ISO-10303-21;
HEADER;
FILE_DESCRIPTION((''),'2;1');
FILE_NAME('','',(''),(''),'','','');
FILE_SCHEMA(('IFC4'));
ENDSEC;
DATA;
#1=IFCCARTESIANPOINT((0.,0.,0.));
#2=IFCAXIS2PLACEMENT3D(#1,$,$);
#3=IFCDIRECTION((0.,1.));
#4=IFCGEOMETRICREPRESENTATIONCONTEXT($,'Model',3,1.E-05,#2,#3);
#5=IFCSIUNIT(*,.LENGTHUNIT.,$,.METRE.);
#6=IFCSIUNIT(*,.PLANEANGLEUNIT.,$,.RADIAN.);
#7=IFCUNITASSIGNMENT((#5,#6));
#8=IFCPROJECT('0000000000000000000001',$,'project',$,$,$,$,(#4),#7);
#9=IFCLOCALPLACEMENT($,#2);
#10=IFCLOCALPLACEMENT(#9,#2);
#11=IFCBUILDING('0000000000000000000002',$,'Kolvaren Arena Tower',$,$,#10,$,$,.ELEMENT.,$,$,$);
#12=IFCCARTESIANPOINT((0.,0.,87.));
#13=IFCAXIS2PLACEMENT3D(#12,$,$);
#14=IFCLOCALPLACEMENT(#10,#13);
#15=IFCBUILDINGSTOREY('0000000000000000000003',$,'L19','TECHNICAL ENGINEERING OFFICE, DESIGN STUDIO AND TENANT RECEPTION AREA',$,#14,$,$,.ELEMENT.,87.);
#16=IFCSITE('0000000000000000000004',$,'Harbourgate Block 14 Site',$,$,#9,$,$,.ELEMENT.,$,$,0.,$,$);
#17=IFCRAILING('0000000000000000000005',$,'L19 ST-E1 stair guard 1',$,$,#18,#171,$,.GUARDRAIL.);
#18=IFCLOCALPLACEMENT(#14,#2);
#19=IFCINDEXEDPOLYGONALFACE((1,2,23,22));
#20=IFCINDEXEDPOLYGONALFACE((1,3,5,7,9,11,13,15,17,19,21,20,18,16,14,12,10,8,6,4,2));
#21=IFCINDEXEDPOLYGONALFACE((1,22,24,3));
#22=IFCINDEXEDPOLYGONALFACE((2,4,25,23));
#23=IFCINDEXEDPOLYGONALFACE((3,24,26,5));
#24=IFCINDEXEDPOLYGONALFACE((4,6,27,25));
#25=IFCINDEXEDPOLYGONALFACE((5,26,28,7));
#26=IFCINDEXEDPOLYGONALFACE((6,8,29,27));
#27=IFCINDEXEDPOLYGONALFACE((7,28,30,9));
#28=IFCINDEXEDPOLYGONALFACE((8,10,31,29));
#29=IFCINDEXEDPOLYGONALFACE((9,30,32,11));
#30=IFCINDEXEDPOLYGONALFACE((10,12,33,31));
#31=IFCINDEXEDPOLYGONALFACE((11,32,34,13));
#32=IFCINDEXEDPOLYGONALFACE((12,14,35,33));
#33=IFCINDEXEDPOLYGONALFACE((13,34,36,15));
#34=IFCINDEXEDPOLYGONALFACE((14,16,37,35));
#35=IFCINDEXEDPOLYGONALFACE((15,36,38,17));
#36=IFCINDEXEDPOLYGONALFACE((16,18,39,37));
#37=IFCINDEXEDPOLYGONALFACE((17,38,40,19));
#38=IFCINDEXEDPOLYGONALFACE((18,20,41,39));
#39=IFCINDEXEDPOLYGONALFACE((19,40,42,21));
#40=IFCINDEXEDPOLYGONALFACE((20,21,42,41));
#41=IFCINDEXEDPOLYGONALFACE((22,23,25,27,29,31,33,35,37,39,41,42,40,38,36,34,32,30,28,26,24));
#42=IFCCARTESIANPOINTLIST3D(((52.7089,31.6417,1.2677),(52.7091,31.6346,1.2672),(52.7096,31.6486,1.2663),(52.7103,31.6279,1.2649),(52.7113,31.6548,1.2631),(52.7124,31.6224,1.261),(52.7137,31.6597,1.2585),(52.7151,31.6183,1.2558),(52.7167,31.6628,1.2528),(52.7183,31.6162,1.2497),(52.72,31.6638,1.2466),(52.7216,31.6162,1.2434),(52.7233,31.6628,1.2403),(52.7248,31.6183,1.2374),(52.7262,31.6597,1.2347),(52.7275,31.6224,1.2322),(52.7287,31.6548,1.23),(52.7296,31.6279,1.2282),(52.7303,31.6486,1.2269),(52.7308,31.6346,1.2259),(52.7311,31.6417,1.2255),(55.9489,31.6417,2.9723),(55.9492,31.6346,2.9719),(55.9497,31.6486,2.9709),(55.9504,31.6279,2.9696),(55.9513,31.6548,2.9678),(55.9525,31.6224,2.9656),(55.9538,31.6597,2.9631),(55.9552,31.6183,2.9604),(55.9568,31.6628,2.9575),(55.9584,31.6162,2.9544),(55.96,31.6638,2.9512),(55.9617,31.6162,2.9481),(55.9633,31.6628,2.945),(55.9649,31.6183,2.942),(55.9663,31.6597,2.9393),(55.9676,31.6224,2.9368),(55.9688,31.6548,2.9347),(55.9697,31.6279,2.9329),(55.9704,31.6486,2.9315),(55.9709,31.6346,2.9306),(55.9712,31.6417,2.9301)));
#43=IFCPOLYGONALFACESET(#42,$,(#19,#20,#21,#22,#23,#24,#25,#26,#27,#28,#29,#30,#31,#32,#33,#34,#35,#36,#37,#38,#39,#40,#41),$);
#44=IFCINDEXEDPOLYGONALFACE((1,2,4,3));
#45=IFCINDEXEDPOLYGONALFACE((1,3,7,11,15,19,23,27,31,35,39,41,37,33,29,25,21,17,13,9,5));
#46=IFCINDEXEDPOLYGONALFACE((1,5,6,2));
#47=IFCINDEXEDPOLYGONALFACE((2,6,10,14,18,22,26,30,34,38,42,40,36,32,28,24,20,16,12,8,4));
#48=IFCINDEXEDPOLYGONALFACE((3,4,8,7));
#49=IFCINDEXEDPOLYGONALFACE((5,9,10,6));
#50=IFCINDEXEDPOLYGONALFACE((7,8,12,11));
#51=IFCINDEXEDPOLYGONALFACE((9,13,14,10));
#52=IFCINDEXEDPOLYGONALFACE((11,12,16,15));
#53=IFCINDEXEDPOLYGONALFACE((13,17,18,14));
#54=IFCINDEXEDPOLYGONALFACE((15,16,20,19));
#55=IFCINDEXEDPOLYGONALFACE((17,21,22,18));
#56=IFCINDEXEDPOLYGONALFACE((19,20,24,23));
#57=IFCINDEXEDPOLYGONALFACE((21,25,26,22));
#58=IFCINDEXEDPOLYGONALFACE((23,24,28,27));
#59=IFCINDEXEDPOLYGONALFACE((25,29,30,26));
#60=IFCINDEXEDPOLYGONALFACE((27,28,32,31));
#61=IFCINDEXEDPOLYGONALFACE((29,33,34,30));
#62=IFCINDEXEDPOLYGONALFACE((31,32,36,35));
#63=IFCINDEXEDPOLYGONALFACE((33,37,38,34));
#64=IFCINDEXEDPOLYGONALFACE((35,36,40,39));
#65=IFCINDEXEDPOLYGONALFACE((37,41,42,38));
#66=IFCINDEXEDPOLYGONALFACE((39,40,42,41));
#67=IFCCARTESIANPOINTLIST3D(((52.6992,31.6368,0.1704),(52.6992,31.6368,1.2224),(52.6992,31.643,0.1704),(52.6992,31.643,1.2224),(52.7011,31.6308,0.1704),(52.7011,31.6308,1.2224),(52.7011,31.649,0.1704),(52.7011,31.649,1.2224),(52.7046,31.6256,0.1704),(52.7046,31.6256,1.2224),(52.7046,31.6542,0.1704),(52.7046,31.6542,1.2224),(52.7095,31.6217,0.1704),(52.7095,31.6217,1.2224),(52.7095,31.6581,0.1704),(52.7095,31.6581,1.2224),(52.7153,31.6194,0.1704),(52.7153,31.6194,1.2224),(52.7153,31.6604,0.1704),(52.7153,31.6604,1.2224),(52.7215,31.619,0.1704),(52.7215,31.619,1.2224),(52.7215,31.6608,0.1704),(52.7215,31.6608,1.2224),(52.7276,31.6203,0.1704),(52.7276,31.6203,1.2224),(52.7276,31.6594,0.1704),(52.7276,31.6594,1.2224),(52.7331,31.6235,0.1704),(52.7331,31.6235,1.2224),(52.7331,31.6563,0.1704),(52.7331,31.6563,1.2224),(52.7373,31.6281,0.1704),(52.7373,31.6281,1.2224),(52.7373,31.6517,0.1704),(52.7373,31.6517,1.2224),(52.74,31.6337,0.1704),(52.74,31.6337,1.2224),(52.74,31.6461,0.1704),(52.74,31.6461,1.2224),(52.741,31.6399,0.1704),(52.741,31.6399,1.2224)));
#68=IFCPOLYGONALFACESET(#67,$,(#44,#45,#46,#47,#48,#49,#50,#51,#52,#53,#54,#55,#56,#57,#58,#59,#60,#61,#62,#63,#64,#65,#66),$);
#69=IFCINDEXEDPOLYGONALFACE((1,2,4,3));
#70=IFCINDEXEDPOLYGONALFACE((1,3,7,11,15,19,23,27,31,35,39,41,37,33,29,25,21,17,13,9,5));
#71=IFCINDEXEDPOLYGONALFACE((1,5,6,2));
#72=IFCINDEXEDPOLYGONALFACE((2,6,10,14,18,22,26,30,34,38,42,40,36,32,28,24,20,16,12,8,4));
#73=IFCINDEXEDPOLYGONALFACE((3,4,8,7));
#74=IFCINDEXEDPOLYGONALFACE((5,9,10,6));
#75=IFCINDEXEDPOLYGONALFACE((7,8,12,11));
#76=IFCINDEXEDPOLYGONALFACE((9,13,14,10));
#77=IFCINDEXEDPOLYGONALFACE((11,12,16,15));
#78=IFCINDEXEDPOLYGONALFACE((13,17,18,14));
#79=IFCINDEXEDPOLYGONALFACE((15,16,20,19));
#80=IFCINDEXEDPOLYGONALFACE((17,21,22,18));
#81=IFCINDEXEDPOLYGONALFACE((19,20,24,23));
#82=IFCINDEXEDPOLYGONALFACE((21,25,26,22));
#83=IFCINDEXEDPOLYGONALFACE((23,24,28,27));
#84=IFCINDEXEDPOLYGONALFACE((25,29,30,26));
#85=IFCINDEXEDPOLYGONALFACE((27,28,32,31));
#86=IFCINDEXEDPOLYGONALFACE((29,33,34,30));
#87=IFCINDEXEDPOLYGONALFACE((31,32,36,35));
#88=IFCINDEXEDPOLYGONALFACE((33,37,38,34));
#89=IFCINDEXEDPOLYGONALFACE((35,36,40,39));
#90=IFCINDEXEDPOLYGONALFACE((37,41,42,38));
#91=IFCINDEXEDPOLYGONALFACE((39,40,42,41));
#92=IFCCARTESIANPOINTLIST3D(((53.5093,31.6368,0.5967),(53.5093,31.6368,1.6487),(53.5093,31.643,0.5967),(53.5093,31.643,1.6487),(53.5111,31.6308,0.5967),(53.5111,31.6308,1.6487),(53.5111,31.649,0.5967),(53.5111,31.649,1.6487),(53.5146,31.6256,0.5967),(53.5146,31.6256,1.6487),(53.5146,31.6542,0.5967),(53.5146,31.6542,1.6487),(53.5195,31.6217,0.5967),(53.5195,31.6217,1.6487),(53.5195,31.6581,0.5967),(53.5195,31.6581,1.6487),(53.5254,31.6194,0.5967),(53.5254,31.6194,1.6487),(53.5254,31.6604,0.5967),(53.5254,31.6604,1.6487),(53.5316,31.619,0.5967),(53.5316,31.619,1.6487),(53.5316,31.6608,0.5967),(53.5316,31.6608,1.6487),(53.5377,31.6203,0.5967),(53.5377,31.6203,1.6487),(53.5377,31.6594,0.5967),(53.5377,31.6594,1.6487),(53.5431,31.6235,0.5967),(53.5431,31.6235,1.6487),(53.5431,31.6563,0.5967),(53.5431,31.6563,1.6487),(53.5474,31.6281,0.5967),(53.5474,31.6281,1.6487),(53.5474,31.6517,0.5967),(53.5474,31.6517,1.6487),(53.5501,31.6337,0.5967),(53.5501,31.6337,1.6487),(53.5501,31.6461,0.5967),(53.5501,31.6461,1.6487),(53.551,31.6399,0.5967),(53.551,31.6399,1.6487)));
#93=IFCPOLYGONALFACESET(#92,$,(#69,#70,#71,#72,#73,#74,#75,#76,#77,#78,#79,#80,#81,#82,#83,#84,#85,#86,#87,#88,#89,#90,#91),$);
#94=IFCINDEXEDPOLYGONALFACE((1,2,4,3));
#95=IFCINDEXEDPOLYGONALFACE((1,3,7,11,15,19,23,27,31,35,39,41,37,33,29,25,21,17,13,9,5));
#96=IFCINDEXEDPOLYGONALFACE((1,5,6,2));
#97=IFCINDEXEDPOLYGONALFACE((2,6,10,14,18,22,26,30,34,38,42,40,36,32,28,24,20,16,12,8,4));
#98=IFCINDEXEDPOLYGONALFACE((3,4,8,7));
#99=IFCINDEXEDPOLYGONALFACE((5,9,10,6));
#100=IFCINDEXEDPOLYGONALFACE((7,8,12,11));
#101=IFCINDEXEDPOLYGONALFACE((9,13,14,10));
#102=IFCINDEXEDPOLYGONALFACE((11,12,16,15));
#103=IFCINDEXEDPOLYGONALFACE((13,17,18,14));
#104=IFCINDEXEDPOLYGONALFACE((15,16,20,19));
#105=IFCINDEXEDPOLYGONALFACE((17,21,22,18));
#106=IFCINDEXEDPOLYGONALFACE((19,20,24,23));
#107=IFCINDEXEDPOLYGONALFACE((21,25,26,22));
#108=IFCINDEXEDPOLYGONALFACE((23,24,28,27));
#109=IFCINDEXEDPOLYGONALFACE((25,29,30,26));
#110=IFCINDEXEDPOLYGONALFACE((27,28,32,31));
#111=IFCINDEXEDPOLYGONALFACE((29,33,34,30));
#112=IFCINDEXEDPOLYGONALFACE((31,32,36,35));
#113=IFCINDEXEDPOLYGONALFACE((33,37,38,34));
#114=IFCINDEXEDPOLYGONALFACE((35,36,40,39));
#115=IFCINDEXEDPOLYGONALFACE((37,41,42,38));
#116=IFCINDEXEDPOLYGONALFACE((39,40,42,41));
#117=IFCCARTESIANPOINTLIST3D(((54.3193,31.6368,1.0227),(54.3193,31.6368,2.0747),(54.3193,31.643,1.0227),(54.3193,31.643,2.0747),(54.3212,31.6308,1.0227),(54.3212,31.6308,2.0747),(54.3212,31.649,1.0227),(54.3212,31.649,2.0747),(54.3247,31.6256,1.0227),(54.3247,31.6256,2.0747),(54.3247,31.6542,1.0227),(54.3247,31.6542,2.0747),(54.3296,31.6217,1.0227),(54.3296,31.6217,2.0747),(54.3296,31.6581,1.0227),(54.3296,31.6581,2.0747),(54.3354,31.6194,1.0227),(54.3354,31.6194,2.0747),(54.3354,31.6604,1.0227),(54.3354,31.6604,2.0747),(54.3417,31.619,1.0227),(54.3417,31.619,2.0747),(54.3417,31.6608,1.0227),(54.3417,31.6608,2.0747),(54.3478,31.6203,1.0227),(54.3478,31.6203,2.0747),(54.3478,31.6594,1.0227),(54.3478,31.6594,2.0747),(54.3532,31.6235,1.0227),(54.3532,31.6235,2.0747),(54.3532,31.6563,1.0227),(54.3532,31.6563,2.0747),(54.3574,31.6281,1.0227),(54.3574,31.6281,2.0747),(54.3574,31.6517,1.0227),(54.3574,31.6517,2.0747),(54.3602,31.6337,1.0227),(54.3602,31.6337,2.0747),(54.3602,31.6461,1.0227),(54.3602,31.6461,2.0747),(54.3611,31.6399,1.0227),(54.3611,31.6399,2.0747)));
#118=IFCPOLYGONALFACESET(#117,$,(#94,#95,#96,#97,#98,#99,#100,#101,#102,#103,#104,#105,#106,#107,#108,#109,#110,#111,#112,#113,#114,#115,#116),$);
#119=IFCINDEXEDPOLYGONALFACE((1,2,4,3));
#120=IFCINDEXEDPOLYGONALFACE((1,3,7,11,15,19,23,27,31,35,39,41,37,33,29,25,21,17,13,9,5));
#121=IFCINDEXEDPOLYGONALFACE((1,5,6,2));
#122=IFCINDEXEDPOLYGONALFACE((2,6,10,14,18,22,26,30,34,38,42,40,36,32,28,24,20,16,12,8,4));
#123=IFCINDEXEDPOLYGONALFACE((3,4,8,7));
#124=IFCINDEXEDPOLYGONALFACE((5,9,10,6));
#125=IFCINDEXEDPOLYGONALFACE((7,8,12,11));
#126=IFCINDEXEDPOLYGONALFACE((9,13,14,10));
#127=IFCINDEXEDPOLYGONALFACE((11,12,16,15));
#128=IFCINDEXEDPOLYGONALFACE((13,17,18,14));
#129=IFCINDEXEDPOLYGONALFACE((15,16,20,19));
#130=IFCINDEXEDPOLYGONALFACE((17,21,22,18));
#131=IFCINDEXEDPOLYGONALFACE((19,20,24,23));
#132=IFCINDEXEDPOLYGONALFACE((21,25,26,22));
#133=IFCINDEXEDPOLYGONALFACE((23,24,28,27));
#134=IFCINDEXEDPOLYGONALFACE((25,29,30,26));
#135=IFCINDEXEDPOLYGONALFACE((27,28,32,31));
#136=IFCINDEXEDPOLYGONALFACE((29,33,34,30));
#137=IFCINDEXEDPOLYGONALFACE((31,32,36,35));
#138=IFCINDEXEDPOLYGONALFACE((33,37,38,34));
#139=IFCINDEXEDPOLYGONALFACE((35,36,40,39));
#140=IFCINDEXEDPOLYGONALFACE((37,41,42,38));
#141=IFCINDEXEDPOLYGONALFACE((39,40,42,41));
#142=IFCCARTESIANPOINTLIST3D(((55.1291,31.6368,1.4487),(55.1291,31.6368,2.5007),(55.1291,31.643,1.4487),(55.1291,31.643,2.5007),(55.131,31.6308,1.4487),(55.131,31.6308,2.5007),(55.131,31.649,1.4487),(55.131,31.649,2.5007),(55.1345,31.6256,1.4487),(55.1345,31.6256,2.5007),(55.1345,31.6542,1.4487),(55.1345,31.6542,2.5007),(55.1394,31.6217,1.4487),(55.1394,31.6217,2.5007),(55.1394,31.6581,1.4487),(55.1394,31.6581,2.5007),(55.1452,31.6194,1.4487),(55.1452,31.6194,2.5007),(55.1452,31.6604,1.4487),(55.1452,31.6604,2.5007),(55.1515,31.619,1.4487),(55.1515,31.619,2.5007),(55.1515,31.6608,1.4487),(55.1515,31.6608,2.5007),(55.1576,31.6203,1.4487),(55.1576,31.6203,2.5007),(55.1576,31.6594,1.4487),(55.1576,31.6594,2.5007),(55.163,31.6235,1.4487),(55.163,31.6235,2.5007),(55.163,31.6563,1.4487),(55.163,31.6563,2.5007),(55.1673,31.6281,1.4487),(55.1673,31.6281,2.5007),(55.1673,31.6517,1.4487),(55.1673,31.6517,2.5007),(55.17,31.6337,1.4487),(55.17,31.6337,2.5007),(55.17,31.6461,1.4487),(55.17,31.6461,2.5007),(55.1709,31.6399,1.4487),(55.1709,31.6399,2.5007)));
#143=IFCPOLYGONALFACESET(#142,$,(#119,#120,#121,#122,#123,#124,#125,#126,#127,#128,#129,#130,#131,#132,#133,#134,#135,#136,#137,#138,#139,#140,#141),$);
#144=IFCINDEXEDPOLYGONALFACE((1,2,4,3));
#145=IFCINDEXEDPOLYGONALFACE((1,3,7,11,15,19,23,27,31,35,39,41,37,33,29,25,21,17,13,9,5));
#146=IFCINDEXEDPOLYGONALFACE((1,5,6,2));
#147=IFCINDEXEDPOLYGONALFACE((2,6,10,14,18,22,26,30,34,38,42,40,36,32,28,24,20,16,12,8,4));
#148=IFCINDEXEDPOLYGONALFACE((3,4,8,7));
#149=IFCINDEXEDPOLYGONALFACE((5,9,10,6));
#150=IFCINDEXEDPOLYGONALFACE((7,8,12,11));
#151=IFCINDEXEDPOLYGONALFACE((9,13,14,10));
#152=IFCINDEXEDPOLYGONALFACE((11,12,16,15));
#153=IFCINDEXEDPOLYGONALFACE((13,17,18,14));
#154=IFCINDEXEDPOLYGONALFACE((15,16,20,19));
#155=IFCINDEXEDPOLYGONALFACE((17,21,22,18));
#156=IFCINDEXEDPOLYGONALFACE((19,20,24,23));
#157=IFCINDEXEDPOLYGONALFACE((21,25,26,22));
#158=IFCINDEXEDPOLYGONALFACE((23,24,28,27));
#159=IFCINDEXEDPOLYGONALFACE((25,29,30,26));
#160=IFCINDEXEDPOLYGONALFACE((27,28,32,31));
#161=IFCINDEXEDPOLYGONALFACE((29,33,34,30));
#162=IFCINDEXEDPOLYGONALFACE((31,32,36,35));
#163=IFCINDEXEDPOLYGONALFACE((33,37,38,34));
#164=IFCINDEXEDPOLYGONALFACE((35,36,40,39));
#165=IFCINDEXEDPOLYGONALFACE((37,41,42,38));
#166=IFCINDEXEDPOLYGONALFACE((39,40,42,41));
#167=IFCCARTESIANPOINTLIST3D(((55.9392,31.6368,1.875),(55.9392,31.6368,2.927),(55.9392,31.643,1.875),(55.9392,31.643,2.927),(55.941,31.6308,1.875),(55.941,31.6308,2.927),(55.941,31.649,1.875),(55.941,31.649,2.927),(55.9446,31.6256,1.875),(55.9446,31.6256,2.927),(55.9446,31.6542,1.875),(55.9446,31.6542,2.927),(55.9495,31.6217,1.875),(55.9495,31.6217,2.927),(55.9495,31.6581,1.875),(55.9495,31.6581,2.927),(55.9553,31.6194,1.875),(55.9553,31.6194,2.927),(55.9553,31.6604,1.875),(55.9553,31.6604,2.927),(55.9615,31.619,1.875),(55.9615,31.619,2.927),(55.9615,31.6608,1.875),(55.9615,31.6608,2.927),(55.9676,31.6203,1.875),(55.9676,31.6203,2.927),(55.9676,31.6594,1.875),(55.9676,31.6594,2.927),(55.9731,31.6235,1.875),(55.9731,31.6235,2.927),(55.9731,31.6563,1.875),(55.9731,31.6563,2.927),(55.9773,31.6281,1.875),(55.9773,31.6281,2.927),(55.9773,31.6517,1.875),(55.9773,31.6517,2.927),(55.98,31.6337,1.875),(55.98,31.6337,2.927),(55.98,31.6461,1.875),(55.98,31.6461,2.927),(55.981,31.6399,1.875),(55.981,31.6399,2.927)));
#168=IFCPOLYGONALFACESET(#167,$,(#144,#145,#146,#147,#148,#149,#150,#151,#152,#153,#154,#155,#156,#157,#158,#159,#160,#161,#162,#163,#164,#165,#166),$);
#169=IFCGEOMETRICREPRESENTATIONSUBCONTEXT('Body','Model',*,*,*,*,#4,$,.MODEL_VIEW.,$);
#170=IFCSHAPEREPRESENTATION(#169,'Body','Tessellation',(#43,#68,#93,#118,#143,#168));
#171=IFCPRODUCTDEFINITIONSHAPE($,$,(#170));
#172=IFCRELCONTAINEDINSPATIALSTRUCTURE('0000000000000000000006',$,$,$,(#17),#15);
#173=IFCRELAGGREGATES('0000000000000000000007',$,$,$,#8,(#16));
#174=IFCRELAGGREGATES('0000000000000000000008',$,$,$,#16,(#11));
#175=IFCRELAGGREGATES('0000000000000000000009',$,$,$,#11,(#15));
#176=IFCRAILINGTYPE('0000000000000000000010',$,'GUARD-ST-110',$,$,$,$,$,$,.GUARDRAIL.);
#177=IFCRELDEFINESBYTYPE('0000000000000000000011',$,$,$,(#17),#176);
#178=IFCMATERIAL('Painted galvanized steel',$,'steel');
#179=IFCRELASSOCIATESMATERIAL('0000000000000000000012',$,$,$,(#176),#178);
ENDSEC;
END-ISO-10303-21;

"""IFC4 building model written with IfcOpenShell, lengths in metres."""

from ifc_helpers import new_model, si_unit, direction, frame, origin, origin_2d, place, context, subcontext, project, spatial, circle, extrude, material, type_object, element, save


model = new_model("IFC4")

# Units and contexts
model_context = context("Model", 3, precision=1e-05, world=origin(), true_north=direction((0.0, 1.0)))
body_context = subcontext(model_context, "Body", "Model", "MODEL_VIEW")
ifc_project = project(units=[si_unit("LENGTHUNIT", "METRE"), si_unit("PLANEANGLEUNIT", "RADIAN")], contexts=[model_context])

# Site, building, storey
site_placement = place(None, origin())
site = spatial("IfcSite", under=ifc_project, at=site_placement, Name="Harbourgate Block 14 Site", CompositionType="ELEMENT", RefElevation=0.0)
building_placement = place(site_placement, origin())
building = spatial("IfcBuilding", under=site, at=building_placement, Name="Kolvaren Arena Tower", CompositionType="ELEMENT")
storey_placement = place(building_placement, frame((0.0, 0.0, 87.0)))
storey = spatial("IfcBuildingStorey", under=building, at=storey_placement, Name="L19", Description="TECHNICAL ENGINEERING OFFICE, DESIGN STUDIO AND TENANT RECEPTION AREA", CompositionType="ELEMENT", Elevation=87.0)

# Railing
ifc_material_1 = material(Name="Painted galvanized steel", Category="steel")
railing_type_1 = type_object("IfcRailingType", Name="GUARD-ST-110", PredefinedType="GUARDRAIL", material=ifc_material_1)
railing_1_placement = place(storey_placement, frame((52.72, 31.6399, 0.1704)))
element("IfcRailing", 1, at=railing_1_placement, inside=storey, type_object=railing_type_1, Name="L19 ST-E1 stair guard 1", PredefinedType="GUARDRAIL", context=body_context, shape_type="SweptSolid", body=[
    extrude(circle(Radius=0.0239, at=origin_2d()), frame((0.0, 0.0, 1.0762), z_axis=(0.884993, 0.0, 0.465604), x_axis=(0.0, 1.0, 0.0)), (0.0, 0.0, 1.0), 3.6611),
    extrude(circle(Radius=0.021, at=origin_2d()), origin(), (0.0, 0.0, 1.0), 1.052),
    extrude(circle(Radius=0.021, at=origin_2d()), frame((0.8101, 0.0, 0.4263)), (0.0, 0.0, 1.0), 1.052),
    extrude(circle(Radius=0.021, at=origin_2d()), frame((1.6201, 0.0, 0.8523)), (0.0, 0.0, 1.0), 1.052),
    extrude(circle(Radius=0.021, at=origin_2d()), frame((2.4299, 0.0, 1.2783)), (0.0, 0.0, 1.0), 1.052),
    extrude(circle(Radius=0.021, at=origin_2d()), frame((3.24, 0.0, 1.7046)), (0.0, 0.0, 1.0), 1.052),
])

save(model, "model.ifc")
